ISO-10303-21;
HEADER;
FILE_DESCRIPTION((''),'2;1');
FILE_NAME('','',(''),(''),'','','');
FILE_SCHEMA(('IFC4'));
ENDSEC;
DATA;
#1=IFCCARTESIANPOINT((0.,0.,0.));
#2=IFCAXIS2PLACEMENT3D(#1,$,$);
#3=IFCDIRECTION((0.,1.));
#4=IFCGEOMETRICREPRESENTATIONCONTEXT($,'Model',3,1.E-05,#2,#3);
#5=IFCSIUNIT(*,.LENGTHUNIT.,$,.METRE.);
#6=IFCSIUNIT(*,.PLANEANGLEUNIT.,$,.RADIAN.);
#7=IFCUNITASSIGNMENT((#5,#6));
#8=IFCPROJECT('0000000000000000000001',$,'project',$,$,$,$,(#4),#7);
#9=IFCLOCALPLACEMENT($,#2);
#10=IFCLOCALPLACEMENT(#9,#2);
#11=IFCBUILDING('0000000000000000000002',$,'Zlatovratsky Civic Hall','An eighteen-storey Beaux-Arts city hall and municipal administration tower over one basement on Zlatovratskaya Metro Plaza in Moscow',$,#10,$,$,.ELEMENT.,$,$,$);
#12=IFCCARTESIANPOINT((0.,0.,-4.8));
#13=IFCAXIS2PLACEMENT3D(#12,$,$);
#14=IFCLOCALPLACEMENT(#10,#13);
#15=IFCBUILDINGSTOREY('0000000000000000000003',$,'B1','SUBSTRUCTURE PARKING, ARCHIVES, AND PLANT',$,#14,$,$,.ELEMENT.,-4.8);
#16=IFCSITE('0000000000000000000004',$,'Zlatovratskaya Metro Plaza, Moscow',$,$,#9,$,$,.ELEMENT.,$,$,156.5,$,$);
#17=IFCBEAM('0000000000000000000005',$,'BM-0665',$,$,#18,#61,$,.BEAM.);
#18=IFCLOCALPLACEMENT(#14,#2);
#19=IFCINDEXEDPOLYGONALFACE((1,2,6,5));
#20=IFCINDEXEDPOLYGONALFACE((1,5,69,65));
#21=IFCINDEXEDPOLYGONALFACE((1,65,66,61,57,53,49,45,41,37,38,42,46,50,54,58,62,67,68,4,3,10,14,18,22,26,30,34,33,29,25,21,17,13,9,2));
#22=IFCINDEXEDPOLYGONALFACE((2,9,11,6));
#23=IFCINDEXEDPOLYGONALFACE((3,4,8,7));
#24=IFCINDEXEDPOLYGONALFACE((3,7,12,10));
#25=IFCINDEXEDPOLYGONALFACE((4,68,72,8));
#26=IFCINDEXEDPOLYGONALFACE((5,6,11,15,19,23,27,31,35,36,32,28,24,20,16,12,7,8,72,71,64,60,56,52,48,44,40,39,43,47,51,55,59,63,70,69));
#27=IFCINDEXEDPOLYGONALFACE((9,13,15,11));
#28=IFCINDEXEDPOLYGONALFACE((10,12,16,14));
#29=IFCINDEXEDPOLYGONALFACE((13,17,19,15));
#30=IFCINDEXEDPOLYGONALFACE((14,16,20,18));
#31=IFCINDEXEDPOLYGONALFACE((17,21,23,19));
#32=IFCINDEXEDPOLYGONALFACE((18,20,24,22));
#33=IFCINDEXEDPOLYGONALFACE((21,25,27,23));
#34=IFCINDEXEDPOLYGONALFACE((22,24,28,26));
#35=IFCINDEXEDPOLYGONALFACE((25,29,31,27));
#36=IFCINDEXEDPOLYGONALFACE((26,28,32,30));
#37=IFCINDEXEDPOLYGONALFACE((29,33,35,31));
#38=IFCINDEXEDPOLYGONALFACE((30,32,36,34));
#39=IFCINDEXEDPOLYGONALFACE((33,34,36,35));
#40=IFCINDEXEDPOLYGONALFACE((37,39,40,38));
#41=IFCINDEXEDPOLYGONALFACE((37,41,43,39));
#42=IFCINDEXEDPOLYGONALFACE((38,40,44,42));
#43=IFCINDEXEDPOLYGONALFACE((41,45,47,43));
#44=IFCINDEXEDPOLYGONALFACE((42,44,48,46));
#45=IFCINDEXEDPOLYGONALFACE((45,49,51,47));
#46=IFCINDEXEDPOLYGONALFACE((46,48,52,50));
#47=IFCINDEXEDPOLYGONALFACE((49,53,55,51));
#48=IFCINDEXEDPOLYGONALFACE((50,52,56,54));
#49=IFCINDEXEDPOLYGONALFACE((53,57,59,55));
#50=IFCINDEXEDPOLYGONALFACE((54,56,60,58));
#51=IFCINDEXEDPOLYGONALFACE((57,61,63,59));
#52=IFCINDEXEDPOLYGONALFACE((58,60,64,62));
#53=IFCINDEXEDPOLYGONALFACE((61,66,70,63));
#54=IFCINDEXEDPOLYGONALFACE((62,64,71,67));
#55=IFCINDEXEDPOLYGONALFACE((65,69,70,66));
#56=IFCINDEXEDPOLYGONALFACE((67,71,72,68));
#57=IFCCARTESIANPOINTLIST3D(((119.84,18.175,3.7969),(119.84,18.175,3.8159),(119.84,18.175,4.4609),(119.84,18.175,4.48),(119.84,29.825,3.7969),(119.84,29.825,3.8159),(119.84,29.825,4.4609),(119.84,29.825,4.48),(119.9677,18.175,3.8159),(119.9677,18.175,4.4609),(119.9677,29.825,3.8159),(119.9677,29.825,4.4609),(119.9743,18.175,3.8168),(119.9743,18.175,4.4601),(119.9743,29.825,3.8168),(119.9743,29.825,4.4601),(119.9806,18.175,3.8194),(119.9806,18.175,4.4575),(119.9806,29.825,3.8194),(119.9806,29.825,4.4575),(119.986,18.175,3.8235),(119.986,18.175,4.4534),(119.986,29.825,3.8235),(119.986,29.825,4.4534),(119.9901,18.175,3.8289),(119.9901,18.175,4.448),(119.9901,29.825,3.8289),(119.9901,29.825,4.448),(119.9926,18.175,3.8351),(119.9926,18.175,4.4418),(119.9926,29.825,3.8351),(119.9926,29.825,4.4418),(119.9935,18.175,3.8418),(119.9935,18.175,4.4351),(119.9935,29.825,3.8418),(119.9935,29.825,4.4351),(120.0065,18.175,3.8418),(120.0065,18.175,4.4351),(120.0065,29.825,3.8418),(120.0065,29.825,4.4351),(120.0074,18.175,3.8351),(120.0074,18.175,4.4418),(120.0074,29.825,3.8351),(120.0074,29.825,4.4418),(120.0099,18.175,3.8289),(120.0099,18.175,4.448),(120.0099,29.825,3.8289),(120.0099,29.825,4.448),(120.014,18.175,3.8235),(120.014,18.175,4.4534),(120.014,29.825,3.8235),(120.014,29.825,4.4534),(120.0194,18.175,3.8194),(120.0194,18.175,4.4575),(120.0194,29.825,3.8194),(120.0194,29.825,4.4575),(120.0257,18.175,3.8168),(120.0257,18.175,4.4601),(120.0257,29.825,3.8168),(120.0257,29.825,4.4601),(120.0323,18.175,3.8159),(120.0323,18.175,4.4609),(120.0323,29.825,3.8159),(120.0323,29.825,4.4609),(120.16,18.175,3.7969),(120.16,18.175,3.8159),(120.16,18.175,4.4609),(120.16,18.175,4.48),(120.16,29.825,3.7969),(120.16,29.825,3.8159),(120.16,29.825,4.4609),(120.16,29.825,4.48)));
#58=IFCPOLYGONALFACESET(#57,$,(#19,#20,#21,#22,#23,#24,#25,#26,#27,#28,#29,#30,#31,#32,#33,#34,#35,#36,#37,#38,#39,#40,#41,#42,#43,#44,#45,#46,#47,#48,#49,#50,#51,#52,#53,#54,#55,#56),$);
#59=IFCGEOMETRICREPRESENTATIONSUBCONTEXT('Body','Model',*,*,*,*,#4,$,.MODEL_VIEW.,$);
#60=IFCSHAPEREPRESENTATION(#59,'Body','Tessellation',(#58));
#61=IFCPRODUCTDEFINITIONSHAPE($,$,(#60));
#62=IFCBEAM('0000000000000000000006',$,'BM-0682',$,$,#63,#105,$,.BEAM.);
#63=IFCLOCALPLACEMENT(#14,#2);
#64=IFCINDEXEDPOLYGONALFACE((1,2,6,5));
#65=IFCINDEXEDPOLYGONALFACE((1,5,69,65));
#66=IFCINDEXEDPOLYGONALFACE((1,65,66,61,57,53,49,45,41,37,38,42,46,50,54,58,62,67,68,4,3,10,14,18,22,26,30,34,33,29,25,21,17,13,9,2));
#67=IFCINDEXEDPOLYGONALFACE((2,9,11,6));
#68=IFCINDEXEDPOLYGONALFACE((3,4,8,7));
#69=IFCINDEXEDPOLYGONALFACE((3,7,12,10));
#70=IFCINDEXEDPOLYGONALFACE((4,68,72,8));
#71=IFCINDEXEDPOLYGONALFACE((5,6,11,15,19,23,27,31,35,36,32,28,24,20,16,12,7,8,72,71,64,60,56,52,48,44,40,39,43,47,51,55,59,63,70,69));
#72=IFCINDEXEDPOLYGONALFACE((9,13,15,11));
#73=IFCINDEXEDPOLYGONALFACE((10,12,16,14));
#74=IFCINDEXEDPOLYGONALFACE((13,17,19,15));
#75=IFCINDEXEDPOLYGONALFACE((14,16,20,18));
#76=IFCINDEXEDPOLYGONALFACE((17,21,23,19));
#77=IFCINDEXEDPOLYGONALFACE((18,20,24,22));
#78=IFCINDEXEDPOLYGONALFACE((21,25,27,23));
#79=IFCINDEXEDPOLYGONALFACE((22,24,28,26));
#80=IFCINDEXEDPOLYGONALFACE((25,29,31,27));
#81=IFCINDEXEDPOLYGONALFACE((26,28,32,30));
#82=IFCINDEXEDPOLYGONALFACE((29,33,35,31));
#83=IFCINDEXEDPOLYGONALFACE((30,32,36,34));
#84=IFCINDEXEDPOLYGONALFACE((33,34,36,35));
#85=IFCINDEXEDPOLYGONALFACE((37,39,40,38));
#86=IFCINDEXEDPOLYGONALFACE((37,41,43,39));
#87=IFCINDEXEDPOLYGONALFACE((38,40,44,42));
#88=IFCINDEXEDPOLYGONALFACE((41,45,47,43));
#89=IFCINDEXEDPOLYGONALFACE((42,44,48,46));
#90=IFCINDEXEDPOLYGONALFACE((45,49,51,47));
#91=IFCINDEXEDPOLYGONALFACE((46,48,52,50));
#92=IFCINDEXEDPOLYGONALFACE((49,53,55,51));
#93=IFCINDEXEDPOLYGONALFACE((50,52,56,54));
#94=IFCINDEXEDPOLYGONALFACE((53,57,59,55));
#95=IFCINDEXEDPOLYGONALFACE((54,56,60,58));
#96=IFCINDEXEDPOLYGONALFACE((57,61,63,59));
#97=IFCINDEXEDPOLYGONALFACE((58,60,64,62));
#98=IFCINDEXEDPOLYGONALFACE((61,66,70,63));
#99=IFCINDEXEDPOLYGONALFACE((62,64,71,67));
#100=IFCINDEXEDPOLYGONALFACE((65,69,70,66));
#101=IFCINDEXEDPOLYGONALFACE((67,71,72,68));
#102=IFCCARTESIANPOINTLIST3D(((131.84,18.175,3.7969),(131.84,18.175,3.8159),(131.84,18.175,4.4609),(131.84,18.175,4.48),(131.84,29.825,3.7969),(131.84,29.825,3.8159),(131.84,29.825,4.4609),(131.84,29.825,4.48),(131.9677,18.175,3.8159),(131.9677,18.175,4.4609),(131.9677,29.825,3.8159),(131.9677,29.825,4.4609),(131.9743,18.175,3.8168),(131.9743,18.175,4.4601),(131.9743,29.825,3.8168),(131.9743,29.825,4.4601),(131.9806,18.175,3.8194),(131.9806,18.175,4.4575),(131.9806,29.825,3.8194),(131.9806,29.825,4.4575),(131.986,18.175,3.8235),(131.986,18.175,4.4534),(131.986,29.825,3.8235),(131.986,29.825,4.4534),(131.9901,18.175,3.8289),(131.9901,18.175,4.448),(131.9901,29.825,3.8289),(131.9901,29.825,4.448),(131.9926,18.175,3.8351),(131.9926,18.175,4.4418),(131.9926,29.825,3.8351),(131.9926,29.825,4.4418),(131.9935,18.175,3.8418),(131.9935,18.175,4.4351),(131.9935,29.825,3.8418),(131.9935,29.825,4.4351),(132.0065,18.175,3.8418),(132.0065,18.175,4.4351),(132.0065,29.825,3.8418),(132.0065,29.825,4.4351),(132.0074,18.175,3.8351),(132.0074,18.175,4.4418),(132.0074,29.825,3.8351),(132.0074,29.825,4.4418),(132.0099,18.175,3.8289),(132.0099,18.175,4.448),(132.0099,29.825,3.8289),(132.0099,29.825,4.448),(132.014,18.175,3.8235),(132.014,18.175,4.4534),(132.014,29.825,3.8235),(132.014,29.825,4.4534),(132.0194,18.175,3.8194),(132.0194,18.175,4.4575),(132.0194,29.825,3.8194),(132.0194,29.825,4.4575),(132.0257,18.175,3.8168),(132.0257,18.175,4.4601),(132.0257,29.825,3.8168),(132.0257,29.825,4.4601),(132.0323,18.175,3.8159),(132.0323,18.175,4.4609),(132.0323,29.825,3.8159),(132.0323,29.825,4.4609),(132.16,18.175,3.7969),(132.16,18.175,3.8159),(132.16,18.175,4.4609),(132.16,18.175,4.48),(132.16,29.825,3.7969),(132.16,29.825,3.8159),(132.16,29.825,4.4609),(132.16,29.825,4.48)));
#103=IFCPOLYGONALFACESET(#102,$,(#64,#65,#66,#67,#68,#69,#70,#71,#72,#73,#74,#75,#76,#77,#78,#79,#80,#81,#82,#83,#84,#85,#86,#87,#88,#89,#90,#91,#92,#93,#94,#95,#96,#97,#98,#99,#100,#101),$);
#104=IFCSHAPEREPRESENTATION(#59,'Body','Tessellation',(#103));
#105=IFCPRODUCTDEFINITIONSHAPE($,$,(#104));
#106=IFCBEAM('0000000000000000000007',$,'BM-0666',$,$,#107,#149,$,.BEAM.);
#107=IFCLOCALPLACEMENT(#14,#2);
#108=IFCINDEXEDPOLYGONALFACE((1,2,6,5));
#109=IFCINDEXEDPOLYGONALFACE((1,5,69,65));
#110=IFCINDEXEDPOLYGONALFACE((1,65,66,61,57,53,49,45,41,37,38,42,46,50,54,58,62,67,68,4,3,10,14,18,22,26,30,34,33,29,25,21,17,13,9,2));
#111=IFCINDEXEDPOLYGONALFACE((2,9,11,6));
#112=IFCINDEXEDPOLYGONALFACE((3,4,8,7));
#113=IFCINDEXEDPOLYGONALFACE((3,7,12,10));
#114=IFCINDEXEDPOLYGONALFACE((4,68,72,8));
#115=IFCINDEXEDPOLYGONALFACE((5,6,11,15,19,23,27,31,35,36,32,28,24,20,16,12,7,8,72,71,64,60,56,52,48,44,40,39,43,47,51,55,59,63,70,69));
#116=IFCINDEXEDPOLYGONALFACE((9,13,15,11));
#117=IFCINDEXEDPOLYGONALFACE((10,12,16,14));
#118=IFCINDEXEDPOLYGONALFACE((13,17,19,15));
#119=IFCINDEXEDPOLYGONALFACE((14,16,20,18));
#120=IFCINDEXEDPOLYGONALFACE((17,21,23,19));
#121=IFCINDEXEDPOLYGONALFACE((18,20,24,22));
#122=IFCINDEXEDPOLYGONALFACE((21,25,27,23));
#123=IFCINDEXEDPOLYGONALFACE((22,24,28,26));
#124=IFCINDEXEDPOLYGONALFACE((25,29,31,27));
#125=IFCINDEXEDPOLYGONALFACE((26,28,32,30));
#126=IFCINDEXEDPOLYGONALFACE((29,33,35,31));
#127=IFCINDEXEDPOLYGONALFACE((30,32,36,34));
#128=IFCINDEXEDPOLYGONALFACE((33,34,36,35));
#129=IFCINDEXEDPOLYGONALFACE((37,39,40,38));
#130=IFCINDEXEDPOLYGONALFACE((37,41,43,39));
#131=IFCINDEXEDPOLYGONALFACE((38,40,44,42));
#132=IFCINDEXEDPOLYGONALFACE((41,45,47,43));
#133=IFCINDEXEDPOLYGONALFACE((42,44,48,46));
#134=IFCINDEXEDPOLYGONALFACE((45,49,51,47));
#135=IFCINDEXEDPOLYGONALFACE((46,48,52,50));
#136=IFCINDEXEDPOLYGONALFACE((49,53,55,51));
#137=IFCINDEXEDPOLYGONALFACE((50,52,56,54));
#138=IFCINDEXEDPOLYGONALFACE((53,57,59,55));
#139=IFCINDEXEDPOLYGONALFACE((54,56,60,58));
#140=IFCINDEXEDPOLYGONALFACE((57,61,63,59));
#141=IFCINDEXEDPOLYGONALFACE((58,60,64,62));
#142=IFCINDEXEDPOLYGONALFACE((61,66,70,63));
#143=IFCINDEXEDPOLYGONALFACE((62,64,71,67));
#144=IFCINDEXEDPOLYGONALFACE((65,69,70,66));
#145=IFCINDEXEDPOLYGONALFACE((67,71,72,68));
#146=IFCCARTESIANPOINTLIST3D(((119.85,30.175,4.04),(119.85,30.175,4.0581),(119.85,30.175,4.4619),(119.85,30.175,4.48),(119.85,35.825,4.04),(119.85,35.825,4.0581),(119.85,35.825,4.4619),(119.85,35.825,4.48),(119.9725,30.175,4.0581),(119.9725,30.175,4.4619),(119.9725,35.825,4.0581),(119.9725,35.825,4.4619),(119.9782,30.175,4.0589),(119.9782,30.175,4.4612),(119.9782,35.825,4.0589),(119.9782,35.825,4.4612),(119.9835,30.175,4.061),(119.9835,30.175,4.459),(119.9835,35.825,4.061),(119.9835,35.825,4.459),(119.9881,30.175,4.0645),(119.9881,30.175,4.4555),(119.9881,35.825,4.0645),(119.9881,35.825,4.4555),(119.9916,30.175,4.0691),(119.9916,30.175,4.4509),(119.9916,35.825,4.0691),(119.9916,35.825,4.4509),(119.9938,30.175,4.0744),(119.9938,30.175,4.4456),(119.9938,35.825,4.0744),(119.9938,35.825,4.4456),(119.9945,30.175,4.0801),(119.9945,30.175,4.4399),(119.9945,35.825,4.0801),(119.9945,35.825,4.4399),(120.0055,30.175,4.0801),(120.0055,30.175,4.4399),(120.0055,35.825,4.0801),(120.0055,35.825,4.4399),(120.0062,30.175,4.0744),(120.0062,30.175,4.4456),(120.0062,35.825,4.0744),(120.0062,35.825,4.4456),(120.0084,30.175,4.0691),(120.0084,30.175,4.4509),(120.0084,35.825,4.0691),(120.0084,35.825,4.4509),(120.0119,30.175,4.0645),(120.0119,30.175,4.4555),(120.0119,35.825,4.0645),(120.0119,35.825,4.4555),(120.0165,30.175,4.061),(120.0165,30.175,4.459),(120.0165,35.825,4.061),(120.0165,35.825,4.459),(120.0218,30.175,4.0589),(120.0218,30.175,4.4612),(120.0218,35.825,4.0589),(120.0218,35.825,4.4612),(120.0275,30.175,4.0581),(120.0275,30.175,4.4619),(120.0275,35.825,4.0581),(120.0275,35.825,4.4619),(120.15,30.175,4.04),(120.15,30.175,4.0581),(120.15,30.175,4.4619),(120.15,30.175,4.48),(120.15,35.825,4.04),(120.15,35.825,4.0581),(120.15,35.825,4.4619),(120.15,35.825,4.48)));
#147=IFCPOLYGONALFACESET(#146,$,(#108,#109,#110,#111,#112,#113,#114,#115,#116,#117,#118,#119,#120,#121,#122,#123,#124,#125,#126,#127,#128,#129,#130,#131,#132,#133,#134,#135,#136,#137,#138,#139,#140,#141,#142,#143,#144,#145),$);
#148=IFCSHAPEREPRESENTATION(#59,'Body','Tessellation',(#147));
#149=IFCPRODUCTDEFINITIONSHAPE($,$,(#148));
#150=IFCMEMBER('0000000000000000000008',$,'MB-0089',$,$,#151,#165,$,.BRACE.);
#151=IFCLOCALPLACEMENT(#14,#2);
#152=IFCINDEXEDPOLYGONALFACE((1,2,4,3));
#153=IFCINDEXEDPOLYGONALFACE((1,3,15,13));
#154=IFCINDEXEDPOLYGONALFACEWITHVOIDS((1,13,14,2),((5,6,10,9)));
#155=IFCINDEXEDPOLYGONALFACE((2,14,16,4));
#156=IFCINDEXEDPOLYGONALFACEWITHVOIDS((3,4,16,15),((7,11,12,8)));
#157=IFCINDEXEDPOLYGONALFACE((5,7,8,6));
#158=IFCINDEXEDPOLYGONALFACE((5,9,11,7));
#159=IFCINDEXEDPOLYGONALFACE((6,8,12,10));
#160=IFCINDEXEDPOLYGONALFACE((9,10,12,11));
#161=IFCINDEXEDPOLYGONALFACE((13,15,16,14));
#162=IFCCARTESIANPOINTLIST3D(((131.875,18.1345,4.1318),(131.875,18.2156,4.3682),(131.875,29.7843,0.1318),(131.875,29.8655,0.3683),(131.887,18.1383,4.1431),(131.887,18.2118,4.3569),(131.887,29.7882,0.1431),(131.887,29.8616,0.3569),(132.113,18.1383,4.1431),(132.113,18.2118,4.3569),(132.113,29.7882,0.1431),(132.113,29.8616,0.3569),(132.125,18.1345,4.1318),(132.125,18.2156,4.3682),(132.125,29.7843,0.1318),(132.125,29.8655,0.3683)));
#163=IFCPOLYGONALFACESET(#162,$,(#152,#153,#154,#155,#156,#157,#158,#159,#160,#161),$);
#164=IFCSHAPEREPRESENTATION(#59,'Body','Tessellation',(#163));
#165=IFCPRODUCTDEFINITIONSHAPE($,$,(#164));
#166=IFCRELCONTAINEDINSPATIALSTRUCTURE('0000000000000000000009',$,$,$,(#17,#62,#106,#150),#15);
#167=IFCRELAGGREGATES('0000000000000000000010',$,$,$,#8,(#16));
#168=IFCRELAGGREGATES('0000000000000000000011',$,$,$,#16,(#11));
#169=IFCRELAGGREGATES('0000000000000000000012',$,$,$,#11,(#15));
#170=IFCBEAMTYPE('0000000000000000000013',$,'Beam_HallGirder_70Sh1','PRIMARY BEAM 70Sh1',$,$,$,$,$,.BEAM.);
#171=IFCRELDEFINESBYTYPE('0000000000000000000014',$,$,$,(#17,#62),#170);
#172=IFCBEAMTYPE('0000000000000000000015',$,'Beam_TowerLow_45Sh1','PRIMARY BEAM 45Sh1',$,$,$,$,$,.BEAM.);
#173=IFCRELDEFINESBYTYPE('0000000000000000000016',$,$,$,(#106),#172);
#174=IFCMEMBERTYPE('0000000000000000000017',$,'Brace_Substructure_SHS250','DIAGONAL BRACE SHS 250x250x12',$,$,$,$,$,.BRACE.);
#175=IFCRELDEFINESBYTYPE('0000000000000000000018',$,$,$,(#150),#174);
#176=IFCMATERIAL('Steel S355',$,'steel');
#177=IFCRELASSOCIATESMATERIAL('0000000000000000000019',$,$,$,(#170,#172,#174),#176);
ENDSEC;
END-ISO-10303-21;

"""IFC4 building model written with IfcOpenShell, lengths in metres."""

from ifc_helpers import new_model, si_unit, direction, frame, origin, origin_2d, place, context, subcontext, project, spatial, hollow_rectangle, i_section, extrude, material, material_profile, profile_set, type_object, element, save


model = new_model("IFC4")

# Units and contexts
model_context = context("Model", 3, precision=1e-05, world=origin(), true_north=direction((0.0, 1.0)))
body_context = subcontext(model_context, "Body", "Model", "MODEL_VIEW")
ifc_project = project(units=[si_unit("LENGTHUNIT", "METRE"), si_unit("PLANEANGLEUNIT", "RADIAN")], contexts=[model_context])

# Site, building, storey
site_placement = place(None, origin())
site = spatial("IfcSite", under=ifc_project, at=site_placement, Name="Zlatovratskaya Metro Plaza, Moscow", CompositionType="ELEMENT", RefElevation=156.5)
building_placement = place(site_placement, origin())
building = spatial("IfcBuilding", under=site, at=building_placement, Name="Zlatovratsky Civic Hall", Description="An eighteen-storey Beaux-Arts city hall and municipal administration tower over one basement on Zlatovratskaya Metro Plaza in Moscow", CompositionType="ELEMENT")
storey_placement = place(building_placement, frame((0.0, 0.0, -4.8)))
storey = spatial("IfcBuildingStorey", under=building, at=storey_placement, Name="B1", Description="SUBSTRUCTURE PARKING, ARCHIVES, AND PLANT", CompositionType="ELEMENT", Elevation=-4.8)

# Shared definitions
ifc_material_1 = material(Name="Steel S355", Category="steel")

# Beams
ifc_material_profile_1 = material_profile(ifc_material_1, i_section(OverallWidth=0.3201, OverallDepth=0.6831, WebThickness=0.0129, FlangeThickness=0.019, FilletRadius=0.0259, at=origin_2d()), Name="70Sh1")
ifc_profile_set_1 = profile_set([ifc_material_profile_1], Name="Steel S355")
beam_type_1 = type_object("IfcBeamType", Name="Beam_HallGirder_70Sh1", Description="PRIMARY BEAM 70Sh1", PredefinedType="BEAM", material=ifc_profile_set_1)
for number, where, z_axis, x_axis, name in (
    (1, (120.0, 18.175, 4.1384), (0.0, 1.0, 0.0), (-1.0, 0.0, 0.0), "BM-0665"),
    (2, (132.0, 18.175, 4.1384), (0.0, 1.0, 0.0), (-1.0, 0.0, 0.0), "BM-0682"),
):
    element("IfcBeam", number, at=place(storey_placement, frame(where, z_axis=z_axis, x_axis=x_axis)), inside=storey, type_object=beam_type_1, Name=name, PredefinedType="BEAM", context=body_context, shape_type="SweptSolid", body=[
        extrude(i_section(OverallWidth=0.3201, OverallDepth=0.6831, WebThickness=0.0129, FlangeThickness=0.019, FilletRadius=0.0259, at=origin_2d()), origin(), (0.0, 0.0, 1.0), 11.6499),
    ])
ifc_material_profile_2 = material_profile(ifc_material_1, i_section(OverallWidth=0.3, OverallDepth=0.4399, WebThickness=0.011, FlangeThickness=0.0181, FilletRadius=0.022, at=origin_2d()), Name="45Sh1")
ifc_profile_set_2 = profile_set([ifc_material_profile_2], Name="Steel S355")
beam_type_2 = type_object("IfcBeamType", Name="Beam_TowerLow_45Sh1", Description="PRIMARY BEAM 45Sh1", PredefinedType="BEAM", material=ifc_profile_set_2)
beam_1_placement = place(storey_placement, frame((120.0, 30.175, 4.26), z_axis=(0.0, 1.0, 0.0), x_axis=(-1.0, 0.0, 0.0)))
element("IfcBeam", 3, at=beam_1_placement, inside=storey, type_object=beam_type_2, Name="BM-0666", PredefinedType="BEAM", context=body_context, shape_type="SweptSolid", body=[
    extrude(i_section(OverallWidth=0.3, OverallDepth=0.4399, WebThickness=0.011, FlangeThickness=0.0181, FilletRadius=0.022, at=origin_2d()), origin(), (0.0, 0.0, 1.0), 5.6499),
])

# Member
ifc_material_profile_3 = material_profile(ifc_material_1, hollow_rectangle(XDim=0.25, YDim=0.25, WallThickness=0.012, at=origin_2d()), Name="SHS 250x250x12")
ifc_profile_set_3 = profile_set([ifc_material_profile_3], Name="Steel S355")
member_type = type_object("IfcMemberType", Name="Brace_Substructure_SHS250", Description="DIAGONAL BRACE SHS 250x250x12", PredefinedType="BRACE", material=ifc_profile_set_3)
member_placement = place(storey_placement, frame((132.0, 18.175, 4.25), z_axis=(0.0, 0.945803, -0.324742), x_axis=(-1.0, 0.0, 0.0)))
element("IfcMember", 4, at=member_placement, inside=storey, type_object=member_type, Name="MB-0089", PredefinedType="BRACE", context=body_context, shape_type="SweptSolid", body=[
    extrude(hollow_rectangle(XDim=0.25, YDim=0.25, WallThickness=0.012, at=origin_2d()), origin(), (0.0, 0.0, 1.0), 12.3174),
])

save(model, "model.ifc")
